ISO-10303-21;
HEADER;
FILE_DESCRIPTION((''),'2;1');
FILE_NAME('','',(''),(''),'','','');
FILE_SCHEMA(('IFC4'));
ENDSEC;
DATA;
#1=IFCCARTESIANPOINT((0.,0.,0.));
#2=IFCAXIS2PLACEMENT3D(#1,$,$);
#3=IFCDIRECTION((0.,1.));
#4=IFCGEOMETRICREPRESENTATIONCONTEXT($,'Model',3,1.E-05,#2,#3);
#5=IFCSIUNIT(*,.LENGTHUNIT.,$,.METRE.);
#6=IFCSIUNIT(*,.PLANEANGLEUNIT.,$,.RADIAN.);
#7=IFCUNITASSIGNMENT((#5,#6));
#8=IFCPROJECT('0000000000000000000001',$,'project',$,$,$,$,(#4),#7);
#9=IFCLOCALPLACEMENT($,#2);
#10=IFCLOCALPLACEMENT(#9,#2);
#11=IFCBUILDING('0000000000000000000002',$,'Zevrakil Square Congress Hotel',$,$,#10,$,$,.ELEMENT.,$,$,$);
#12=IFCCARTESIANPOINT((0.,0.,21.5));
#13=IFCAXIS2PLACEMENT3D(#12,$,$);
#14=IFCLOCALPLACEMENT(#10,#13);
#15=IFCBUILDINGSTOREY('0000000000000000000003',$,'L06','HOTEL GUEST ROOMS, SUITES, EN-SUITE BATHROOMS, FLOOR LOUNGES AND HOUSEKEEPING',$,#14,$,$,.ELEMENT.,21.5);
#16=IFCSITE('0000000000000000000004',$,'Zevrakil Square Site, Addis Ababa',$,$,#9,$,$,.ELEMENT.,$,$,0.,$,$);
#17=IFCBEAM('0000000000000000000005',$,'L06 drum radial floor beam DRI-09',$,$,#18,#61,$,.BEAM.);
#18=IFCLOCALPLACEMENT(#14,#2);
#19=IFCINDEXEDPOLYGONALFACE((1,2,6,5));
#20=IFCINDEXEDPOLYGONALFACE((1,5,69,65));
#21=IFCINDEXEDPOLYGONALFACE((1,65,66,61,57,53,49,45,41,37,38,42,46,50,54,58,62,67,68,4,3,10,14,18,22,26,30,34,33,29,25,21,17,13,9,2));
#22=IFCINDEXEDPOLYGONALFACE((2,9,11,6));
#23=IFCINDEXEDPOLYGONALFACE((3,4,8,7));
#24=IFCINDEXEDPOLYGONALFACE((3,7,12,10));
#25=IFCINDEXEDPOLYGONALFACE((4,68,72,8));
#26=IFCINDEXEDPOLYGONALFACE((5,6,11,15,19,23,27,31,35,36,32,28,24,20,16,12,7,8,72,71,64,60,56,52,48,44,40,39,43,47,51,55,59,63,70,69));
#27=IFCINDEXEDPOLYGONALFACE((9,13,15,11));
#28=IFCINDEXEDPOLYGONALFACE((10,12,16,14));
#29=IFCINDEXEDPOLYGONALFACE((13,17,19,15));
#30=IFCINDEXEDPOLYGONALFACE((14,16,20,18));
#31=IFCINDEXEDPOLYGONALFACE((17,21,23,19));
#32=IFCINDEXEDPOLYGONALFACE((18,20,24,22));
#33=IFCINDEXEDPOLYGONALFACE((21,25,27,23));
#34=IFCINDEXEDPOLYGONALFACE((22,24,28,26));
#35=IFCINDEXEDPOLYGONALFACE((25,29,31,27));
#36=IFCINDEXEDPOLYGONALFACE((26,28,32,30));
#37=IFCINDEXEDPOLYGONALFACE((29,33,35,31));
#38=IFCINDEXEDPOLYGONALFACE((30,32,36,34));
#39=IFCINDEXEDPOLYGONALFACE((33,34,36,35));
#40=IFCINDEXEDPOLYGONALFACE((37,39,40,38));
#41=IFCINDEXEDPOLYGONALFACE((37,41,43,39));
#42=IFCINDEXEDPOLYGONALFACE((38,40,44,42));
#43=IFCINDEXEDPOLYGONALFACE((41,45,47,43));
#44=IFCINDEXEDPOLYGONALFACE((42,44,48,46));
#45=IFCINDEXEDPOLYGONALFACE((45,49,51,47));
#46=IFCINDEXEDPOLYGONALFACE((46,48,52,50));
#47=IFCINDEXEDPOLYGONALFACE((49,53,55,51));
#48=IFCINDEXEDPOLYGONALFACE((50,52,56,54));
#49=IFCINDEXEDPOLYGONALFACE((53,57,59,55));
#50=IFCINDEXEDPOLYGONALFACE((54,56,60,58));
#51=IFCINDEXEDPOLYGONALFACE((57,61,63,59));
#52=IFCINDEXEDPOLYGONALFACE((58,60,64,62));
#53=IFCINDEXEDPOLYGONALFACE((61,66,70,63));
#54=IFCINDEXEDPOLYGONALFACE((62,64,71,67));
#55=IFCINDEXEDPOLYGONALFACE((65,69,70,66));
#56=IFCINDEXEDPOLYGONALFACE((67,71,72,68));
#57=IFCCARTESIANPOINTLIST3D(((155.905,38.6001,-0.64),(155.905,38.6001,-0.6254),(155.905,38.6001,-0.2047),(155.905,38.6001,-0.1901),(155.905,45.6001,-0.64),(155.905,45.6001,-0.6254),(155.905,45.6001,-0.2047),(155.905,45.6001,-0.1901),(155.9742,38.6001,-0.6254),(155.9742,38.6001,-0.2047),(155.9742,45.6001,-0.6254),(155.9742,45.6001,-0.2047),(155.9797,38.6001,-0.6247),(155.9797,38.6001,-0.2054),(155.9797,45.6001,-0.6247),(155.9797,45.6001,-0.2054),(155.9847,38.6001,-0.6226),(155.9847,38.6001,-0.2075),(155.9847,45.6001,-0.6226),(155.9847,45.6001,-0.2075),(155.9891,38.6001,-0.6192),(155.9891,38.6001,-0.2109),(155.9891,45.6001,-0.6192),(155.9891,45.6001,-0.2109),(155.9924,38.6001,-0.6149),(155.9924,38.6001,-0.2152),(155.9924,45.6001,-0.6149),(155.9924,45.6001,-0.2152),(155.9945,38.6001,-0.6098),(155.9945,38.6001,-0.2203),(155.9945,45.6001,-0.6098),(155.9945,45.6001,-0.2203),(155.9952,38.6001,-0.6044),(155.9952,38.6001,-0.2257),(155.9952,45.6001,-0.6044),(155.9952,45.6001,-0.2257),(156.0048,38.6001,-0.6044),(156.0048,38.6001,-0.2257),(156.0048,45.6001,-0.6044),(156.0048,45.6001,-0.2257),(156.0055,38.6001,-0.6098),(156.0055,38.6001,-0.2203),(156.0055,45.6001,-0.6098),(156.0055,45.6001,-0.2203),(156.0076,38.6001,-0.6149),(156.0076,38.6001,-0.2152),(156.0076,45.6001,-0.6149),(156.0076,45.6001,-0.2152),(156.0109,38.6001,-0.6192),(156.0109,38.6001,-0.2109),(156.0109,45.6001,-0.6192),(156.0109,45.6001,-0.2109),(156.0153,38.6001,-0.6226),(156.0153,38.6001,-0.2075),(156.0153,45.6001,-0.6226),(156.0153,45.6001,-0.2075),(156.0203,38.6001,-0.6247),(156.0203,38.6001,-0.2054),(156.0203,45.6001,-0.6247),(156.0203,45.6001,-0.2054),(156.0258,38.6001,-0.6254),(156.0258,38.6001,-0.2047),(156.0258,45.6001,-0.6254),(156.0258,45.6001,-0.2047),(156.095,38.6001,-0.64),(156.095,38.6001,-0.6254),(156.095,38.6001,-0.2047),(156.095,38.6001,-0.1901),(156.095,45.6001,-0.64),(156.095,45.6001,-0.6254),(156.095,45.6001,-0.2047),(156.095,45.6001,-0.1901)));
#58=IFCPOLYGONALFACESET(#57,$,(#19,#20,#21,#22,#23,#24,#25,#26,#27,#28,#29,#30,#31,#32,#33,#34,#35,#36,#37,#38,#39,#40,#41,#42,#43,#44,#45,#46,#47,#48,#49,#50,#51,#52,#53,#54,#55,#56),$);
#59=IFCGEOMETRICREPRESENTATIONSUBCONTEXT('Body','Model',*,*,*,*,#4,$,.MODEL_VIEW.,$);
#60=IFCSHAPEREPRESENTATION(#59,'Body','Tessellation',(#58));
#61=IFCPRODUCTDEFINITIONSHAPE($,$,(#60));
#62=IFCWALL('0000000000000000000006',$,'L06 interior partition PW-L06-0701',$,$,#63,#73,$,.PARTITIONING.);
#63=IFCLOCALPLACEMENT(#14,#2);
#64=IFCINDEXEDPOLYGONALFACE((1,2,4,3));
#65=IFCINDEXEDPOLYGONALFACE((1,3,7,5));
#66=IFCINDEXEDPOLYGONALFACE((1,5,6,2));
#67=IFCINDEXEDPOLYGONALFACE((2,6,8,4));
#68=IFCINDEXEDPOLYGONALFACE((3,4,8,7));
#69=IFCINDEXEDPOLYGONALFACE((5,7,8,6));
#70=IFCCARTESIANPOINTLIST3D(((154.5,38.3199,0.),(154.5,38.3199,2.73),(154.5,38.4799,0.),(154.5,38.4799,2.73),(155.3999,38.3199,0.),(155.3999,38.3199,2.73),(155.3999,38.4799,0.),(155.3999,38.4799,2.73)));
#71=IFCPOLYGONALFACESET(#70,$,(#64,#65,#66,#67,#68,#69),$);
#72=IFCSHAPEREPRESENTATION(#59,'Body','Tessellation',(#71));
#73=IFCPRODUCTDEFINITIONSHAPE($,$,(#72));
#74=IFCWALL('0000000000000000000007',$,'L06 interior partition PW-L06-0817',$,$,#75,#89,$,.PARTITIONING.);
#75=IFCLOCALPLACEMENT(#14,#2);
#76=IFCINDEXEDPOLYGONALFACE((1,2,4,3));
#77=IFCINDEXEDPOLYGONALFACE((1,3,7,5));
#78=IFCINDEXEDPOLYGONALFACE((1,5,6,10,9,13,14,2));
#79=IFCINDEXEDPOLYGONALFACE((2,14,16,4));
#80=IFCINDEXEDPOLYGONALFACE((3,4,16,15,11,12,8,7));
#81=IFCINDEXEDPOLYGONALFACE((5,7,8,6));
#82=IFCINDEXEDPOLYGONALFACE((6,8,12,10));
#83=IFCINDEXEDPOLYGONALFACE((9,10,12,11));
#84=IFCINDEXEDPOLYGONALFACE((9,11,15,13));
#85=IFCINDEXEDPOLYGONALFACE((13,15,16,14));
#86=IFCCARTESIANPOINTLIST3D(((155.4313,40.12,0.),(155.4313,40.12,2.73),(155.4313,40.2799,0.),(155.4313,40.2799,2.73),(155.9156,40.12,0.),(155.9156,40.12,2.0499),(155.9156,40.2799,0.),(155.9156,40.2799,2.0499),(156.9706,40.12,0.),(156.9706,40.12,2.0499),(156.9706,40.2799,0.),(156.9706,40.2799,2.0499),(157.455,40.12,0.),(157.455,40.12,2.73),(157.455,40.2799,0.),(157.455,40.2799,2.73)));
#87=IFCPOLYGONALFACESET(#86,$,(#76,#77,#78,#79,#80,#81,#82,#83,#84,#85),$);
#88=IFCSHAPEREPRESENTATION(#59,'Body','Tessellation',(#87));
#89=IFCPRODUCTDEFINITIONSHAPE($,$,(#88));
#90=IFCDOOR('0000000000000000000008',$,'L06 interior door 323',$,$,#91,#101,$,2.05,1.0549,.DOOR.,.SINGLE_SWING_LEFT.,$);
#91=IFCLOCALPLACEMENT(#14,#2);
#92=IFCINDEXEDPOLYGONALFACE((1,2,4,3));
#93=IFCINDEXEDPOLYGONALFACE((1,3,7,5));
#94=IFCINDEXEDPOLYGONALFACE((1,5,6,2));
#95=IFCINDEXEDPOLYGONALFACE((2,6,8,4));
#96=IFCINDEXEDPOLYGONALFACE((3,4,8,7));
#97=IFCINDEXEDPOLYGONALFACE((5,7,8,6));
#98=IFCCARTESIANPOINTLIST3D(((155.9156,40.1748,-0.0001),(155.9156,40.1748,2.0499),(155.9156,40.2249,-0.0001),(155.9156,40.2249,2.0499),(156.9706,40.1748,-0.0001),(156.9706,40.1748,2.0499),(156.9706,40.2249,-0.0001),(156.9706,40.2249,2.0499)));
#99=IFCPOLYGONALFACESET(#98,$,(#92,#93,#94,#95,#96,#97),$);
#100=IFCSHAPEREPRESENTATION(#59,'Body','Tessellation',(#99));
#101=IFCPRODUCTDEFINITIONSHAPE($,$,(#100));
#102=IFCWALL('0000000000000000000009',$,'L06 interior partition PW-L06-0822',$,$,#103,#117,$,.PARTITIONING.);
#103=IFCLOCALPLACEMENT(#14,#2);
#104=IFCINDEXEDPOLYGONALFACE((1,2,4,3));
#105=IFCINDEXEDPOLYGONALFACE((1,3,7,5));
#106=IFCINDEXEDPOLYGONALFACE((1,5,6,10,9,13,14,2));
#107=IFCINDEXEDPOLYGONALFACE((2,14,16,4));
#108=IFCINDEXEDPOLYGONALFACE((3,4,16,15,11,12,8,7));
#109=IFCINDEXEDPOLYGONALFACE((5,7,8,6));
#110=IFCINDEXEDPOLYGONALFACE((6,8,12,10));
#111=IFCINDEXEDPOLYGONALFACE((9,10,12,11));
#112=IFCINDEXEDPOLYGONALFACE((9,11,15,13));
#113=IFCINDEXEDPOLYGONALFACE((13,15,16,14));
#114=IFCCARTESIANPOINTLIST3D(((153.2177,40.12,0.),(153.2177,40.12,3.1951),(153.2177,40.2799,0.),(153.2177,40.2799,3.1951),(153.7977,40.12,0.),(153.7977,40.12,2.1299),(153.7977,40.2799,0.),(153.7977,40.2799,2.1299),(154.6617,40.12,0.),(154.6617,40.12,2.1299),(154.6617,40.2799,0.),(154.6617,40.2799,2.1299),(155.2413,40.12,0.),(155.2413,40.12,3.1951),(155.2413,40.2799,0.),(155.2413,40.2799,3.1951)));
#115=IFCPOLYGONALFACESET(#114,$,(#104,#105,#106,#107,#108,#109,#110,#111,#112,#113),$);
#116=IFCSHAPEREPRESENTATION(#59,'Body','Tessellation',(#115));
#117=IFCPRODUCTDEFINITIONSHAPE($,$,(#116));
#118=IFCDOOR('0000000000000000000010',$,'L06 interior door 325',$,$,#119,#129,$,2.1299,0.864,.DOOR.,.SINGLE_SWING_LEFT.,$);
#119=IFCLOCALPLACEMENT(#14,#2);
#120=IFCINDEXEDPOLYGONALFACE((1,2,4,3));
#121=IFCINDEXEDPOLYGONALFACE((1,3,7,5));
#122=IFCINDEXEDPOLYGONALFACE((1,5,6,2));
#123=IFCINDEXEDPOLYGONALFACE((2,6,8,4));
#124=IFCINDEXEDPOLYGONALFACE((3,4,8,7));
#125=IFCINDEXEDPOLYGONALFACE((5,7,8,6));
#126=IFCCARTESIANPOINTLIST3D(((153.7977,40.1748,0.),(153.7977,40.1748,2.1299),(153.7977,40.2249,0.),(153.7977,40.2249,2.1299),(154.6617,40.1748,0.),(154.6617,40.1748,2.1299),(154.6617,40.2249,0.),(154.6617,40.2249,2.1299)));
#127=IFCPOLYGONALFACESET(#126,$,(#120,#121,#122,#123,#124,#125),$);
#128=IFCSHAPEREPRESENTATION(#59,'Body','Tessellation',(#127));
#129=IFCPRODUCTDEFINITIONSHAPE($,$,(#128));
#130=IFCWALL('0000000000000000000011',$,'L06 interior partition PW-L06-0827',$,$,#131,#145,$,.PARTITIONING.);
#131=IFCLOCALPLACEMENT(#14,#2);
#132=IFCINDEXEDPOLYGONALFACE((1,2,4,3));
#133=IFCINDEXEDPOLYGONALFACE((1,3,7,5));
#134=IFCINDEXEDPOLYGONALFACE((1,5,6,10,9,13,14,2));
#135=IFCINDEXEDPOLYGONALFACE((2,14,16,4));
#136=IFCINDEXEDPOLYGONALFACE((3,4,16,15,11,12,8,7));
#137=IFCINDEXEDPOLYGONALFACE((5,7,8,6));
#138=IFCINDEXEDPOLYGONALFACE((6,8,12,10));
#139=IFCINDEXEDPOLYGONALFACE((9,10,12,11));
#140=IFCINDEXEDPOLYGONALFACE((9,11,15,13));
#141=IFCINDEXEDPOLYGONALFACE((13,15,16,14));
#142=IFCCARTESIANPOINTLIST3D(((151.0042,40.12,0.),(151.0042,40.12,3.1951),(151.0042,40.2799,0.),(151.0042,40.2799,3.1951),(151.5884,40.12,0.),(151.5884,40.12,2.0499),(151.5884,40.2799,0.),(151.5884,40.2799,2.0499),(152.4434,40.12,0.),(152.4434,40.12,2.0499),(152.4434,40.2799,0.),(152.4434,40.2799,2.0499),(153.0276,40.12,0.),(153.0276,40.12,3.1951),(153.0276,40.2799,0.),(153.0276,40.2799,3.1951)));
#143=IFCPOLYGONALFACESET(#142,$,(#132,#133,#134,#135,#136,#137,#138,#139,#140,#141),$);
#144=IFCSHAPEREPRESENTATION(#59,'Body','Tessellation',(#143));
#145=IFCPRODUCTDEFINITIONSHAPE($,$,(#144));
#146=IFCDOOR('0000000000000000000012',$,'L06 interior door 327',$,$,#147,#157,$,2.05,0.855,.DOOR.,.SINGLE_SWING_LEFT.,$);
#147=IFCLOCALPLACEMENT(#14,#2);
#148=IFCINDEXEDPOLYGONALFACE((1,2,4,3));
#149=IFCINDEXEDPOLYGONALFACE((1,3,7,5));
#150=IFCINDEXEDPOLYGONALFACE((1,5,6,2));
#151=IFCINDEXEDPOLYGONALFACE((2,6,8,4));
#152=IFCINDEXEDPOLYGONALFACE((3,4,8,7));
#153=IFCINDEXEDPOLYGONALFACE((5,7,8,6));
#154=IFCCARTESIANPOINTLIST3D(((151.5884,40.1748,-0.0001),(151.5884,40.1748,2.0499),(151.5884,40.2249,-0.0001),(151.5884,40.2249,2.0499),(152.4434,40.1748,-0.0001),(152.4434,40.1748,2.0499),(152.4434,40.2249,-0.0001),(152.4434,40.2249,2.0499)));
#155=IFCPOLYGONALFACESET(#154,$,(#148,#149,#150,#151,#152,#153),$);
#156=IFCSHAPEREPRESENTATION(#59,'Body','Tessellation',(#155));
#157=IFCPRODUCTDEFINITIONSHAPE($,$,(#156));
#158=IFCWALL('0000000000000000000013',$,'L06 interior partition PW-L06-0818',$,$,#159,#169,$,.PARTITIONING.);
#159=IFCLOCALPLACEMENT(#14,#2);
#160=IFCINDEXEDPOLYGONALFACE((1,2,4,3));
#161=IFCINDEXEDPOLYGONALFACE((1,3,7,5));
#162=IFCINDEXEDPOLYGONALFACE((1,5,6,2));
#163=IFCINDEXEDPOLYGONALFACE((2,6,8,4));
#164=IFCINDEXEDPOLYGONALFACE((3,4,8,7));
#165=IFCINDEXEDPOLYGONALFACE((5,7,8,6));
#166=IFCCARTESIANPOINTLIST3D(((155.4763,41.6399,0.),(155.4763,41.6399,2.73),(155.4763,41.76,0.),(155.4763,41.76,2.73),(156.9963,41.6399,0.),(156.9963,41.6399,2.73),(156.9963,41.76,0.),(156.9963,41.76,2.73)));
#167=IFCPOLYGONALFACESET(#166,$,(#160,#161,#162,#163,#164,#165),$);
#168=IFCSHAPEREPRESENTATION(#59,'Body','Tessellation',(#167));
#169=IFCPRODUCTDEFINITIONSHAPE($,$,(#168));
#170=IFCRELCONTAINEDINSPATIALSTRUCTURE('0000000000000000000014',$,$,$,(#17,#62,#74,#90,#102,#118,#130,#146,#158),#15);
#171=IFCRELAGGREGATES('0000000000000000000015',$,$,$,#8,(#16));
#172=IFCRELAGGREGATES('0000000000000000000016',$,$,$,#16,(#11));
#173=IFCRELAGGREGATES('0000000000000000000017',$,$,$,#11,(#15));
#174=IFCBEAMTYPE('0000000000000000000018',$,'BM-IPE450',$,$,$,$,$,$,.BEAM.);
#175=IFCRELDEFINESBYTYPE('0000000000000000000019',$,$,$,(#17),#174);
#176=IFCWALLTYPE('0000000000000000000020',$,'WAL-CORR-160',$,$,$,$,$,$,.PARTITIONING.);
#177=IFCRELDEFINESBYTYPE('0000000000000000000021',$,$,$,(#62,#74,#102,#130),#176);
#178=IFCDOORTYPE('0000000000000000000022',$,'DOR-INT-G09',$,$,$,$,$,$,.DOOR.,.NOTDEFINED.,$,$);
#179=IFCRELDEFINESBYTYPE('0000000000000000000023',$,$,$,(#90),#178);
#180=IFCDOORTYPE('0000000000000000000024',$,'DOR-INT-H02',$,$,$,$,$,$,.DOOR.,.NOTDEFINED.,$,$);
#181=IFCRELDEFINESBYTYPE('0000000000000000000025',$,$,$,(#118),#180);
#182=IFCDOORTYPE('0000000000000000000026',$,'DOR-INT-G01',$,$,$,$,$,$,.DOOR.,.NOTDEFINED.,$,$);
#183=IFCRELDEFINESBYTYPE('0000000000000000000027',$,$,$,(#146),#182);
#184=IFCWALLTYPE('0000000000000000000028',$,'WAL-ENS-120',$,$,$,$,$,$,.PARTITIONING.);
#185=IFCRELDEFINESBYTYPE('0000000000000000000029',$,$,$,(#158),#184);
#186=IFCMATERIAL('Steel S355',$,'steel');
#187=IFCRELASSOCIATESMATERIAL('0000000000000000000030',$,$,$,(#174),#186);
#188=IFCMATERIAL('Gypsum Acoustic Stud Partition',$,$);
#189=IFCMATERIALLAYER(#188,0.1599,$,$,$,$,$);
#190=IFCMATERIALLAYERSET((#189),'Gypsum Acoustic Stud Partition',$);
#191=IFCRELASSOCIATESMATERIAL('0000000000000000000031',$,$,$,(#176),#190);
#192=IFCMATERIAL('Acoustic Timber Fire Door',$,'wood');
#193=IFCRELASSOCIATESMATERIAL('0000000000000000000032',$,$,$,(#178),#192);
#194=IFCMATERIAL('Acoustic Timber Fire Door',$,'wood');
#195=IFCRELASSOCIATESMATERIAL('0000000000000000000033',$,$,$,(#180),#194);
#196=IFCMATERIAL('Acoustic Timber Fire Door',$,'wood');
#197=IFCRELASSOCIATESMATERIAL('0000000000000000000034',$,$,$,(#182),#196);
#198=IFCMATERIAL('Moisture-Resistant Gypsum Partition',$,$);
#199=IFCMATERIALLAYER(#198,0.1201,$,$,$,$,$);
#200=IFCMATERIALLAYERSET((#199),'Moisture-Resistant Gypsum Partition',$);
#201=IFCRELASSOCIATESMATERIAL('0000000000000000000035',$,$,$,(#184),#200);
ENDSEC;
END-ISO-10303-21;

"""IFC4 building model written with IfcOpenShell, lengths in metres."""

from ifc_helpers import new_model, si_unit, direction, frame, frame_2d, origin, origin_2d, place, context, subcontext, project, spatial, rectangle, i_section, extrude, material, layer, layer_set, material_profile, profile_set, type_object, element, fill, save


model = new_model("IFC4")

# Units and contexts
model_context = context("Model", 3, precision=1e-05, world=origin(), true_north=direction((0.0, 1.0)))
body_context = subcontext(model_context, "Body", "Model", "MODEL_VIEW")
ifc_project = project(units=[si_unit("LENGTHUNIT", "METRE"), si_unit("PLANEANGLEUNIT", "RADIAN")], contexts=[model_context])

# Site, building, storey
site_placement = place(None, origin())
site = spatial("IfcSite", under=ifc_project, at=site_placement, Name="Zevrakil Square Site, Addis Ababa", CompositionType="ELEMENT", RefElevation=0.0)
building_placement = place(site_placement, origin())
building = spatial("IfcBuilding", under=site, at=building_placement, Name="Zevrakil Square Congress Hotel", CompositionType="ELEMENT")
storey_placement = place(building_placement, frame((0.0, 0.0, 21.5)))
storey = spatial("IfcBuildingStorey", under=building, at=storey_placement, Name="L06", Description="HOTEL GUEST ROOMS, SUITES, EN-SUITE BATHROOMS, FLOOR LOUNGES AND HOUSEKEEPING", CompositionType="ELEMENT", Elevation=21.5)

# Beam
ifc_material_1 = material(Name="Steel S355", Category="steel")
ifc_material_profile_1 = material_profile(ifc_material_1, i_section(OverallWidth=0.1899, OverallDepth=0.45, WebThickness=0.0095, FlangeThickness=0.0146, FilletRadius=0.021, at=origin_2d()), Name="IPE 450")
ifc_profile_set_1 = profile_set([ifc_material_profile_1], Name="Steel S355")
beam_type = type_object("IfcBeamType", Name="BM-IPE450", PredefinedType="BEAM", material=ifc_profile_set_1)
beam_1_placement = place(storey_placement, frame((156.0, 38.6001, -0.415), z_axis=(0.0, 1.0, 0.0), x_axis=(-1.0, 0.0, 0.0)))
element("IfcBeam", 1, at=beam_1_placement, inside=storey, type_object=beam_type, Name="L06 drum radial floor beam DRI-09", PredefinedType="BEAM", context=body_context, shape_type="SweptSolid", body=[
    extrude(i_section(OverallWidth=0.1899, OverallDepth=0.45, WebThickness=0.0095, FlangeThickness=0.0146, FilletRadius=0.021, at=origin_2d()), origin(), (0.0, 0.0, 1.0), 7.0),
])

# Wall
ifc_material_2 = material(Name="Gypsum Acoustic Stud Partition")
ifc_layer_1 = layer(ifc_material_2, 0.1599)
ifc_layer_set_1 = layer_set([ifc_layer_1], Name="Gypsum Acoustic Stud Partition")
wall_type_1 = type_object("IfcWallType", Name="WAL-CORR-160", PredefinedType="PARTITIONING", material=ifc_layer_set_1)
wall_1_placement = place(storey_placement, frame((154.5, 38.3999, 0.0), z_axis=(0.0, 0.0, 1.0), x_axis=(1.0, 0.0, 0.0)))
element("IfcWall", 2, at=wall_1_placement, inside=storey, type_object=wall_type_1, Name="L06 interior partition PW-L06-0701", PredefinedType="PARTITIONING", context=body_context, shape_type="SweptSolid", body=[
    extrude(rectangle(XDim=0.8999, YDim=0.1599, at=frame_2d((0.45, 0.0))), origin(), (0.0, 0.0, 1.0), 2.73),
])

# Walls, openings, doors
wall_2_placement = place(storey_placement, frame((155.4314, 40.2, 0.0), z_axis=(0.0, 0.0, 1.0), x_axis=(1.0, 0.0, 0.0)))
wall_2 = element("IfcWall", 3, at=wall_2_placement, inside=storey, type_object=wall_type_1, Name="L06 interior partition PW-L06-0817", PredefinedType="PARTITIONING", context=body_context, shape_type="SweptSolid", body=[
    extrude(rectangle(XDim=2.0237, YDim=0.1599, at=frame_2d((1.0117, 0.0))), origin(), (0.0, 0.0, 1.0), 2.73),
])
opening_1_placement = place(wall_2_placement, frame((0.4844, 0.0, 0.0)))
opening_1 = element("IfcOpeningElement", 4, at=opening_1_placement, cuts=wall_2, PredefinedType="OPENING", context=body_context, shape_type="SweptSolid", body=[
    extrude(rectangle(XDim=1.0549, YDim=2.05, at=frame_2d((0.5273, 1.0249))), frame((0.0, 0.0898, 0.0), z_axis=(0.0, -1.0, 0.0), x_axis=(1.0, 0.0, 0.0)), (0.0, 0.0, 1.0), 0.1799),
])
ifc_material_3 = material(Name="Acoustic Timber Fire Door", Category="wood")
door_type_1 = type_object("IfcDoorType", Name="DOR-INT-G09", OperationType="NOTDEFINED", PredefinedType="DOOR", material=ifc_material_3)
door_1_placement = place(opening_1_placement, origin())
door_1 = element("IfcDoor", 5, at=door_1_placement, inside=storey, type_object=door_type_1, Name="L06 interior door 323", OperationType="SINGLE_SWING_LEFT", OverallHeight=2.05, OverallWidth=1.0549, PredefinedType="DOOR", context=body_context, shape_type="SweptSolid", body=[
    extrude(rectangle(XDim=1.0549, YDim=2.05, at=frame_2d((0.5273, 1.0249))), frame((0.0, 0.0249, 0.0), z_axis=(0.0, -1.0, 0.0), x_axis=(1.0, 0.0, 0.0)), (0.0, 0.0, 1.0), 0.05),
])
fill(opening_1, door_1)
wall_3_placement = place(storey_placement, frame((153.2178, 40.2, 0.0), z_axis=(0.0, 0.0, 1.0), x_axis=(1.0, 0.0, 0.0)))
wall_3 = element("IfcWall", 6, at=wall_3_placement, inside=storey, type_object=wall_type_1, Name="L06 interior partition PW-L06-0822", PredefinedType="PARTITIONING", context=body_context, shape_type="SweptSolid", body=[
    extrude(rectangle(XDim=2.0237, YDim=0.1599, at=frame_2d((1.0117, 0.0))), origin(), (0.0, 0.0, 1.0), 3.1951),
])
opening_2_placement = place(wall_3_placement, frame((0.5798, 0.0, 0.0)))
opening_2 = element("IfcOpeningElement", 7, at=opening_2_placement, cuts=wall_3, PredefinedType="OPENING", context=body_context, shape_type="SweptSolid", body=[
    extrude(rectangle(XDim=0.864, YDim=2.1299, at=frame_2d((0.4321, 1.0649))), frame((0.0, 0.0898, 0.0), z_axis=(0.0, -1.0, 0.0), x_axis=(1.0, 0.0, 0.0)), (0.0, 0.0, 1.0), 0.1799),
])
ifc_material_4 = material(Name="Acoustic Timber Fire Door", Category="wood")
door_type_2 = type_object("IfcDoorType", Name="DOR-INT-H02", OperationType="NOTDEFINED", PredefinedType="DOOR", material=ifc_material_4)
door_2_placement = place(opening_2_placement, origin())
door_2 = element("IfcDoor", 8, at=door_2_placement, inside=storey, type_object=door_type_2, Name="L06 interior door 325", OperationType="SINGLE_SWING_LEFT", OverallHeight=2.1299, OverallWidth=0.864, PredefinedType="DOOR", context=body_context, shape_type="SweptSolid", body=[
    extrude(rectangle(XDim=0.864, YDim=2.1299, at=frame_2d((0.4321, 1.0649))), frame((0.0, 0.0249, 0.0), z_axis=(0.0, -1.0, 0.0), x_axis=(1.0, 0.0, 0.0)), (0.0, 0.0, 1.0), 0.05),
])
fill(opening_2, door_2)
wall_4_placement = place(storey_placement, frame((151.0042, 40.2, 0.0), z_axis=(0.0, 0.0, 1.0), x_axis=(1.0, 0.0, 0.0)))
wall_4 = element("IfcWall", 9, at=wall_4_placement, inside=storey, type_object=wall_type_1, Name="L06 interior partition PW-L06-0827", PredefinedType="PARTITIONING", context=body_context, shape_type="SweptSolid", body=[
    extrude(rectangle(XDim=2.0234, YDim=0.1599, at=frame_2d((1.0117, 0.0))), origin(), (0.0, 0.0, 1.0), 3.1951),
])
opening_3_placement = place(wall_4_placement, frame((0.5842, 0.0, 0.0)))
opening_3 = element("IfcOpeningElement", 10, at=opening_3_placement, cuts=wall_4, PredefinedType="OPENING", context=body_context, shape_type="SweptSolid", body=[
    extrude(rectangle(XDim=0.855, YDim=2.05, at=frame_2d((0.4275, 1.0249))), frame((0.0, 0.0898, 0.0), z_axis=(0.0, -1.0, 0.0), x_axis=(1.0, 0.0, 0.0)), (0.0, 0.0, 1.0), 0.1799),
])
ifc_material_5 = material(Name="Acoustic Timber Fire Door", Category="wood")
door_type_3 = type_object("IfcDoorType", Name="DOR-INT-G01", OperationType="NOTDEFINED", PredefinedType="DOOR", material=ifc_material_5)
door_3_placement = place(opening_3_placement, origin())
door_3 = element("IfcDoor", 11, at=door_3_placement, inside=storey, type_object=door_type_3, Name="L06 interior door 327", OperationType="SINGLE_SWING_LEFT", OverallHeight=2.05, OverallWidth=0.855, PredefinedType="DOOR", context=body_context, shape_type="SweptSolid", body=[
    extrude(rectangle(XDim=0.855, YDim=2.05, at=frame_2d((0.4275, 1.0249))), frame((0.0, 0.0249, 0.0), z_axis=(0.0, -1.0, 0.0), x_axis=(1.0, 0.0, 0.0)), (0.0, 0.0, 1.0), 0.05),
])
fill(opening_3, door_3)

# Wall
ifc_material_6 = material(Name="Moisture-Resistant Gypsum Partition")
ifc_layer_2 = layer(ifc_material_6, 0.1201)
ifc_layer_set_2 = layer_set([ifc_layer_2], Name="Moisture-Resistant Gypsum Partition")
wall_type_2 = type_object("IfcWallType", Name="WAL-ENS-120", PredefinedType="PARTITIONING", material=ifc_layer_set_2)
wall_5_placement = place(storey_placement, frame((155.4763, 41.7, 0.0), z_axis=(0.0, 0.0, 1.0), x_axis=(1.0, 0.0, 0.0)))
element("IfcWall", 12, at=wall_5_placement, inside=storey, type_object=wall_type_2, Name="L06 interior partition PW-L06-0818", PredefinedType="PARTITIONING", context=body_context, shape_type="SweptSolid", body=[
    extrude(rectangle(XDim=1.52, YDim=0.1201, at=frame_2d((0.76, 0.0))), origin(), (0.0, 0.0, 1.0), 2.73),
])

save(model, "model.ifc")
